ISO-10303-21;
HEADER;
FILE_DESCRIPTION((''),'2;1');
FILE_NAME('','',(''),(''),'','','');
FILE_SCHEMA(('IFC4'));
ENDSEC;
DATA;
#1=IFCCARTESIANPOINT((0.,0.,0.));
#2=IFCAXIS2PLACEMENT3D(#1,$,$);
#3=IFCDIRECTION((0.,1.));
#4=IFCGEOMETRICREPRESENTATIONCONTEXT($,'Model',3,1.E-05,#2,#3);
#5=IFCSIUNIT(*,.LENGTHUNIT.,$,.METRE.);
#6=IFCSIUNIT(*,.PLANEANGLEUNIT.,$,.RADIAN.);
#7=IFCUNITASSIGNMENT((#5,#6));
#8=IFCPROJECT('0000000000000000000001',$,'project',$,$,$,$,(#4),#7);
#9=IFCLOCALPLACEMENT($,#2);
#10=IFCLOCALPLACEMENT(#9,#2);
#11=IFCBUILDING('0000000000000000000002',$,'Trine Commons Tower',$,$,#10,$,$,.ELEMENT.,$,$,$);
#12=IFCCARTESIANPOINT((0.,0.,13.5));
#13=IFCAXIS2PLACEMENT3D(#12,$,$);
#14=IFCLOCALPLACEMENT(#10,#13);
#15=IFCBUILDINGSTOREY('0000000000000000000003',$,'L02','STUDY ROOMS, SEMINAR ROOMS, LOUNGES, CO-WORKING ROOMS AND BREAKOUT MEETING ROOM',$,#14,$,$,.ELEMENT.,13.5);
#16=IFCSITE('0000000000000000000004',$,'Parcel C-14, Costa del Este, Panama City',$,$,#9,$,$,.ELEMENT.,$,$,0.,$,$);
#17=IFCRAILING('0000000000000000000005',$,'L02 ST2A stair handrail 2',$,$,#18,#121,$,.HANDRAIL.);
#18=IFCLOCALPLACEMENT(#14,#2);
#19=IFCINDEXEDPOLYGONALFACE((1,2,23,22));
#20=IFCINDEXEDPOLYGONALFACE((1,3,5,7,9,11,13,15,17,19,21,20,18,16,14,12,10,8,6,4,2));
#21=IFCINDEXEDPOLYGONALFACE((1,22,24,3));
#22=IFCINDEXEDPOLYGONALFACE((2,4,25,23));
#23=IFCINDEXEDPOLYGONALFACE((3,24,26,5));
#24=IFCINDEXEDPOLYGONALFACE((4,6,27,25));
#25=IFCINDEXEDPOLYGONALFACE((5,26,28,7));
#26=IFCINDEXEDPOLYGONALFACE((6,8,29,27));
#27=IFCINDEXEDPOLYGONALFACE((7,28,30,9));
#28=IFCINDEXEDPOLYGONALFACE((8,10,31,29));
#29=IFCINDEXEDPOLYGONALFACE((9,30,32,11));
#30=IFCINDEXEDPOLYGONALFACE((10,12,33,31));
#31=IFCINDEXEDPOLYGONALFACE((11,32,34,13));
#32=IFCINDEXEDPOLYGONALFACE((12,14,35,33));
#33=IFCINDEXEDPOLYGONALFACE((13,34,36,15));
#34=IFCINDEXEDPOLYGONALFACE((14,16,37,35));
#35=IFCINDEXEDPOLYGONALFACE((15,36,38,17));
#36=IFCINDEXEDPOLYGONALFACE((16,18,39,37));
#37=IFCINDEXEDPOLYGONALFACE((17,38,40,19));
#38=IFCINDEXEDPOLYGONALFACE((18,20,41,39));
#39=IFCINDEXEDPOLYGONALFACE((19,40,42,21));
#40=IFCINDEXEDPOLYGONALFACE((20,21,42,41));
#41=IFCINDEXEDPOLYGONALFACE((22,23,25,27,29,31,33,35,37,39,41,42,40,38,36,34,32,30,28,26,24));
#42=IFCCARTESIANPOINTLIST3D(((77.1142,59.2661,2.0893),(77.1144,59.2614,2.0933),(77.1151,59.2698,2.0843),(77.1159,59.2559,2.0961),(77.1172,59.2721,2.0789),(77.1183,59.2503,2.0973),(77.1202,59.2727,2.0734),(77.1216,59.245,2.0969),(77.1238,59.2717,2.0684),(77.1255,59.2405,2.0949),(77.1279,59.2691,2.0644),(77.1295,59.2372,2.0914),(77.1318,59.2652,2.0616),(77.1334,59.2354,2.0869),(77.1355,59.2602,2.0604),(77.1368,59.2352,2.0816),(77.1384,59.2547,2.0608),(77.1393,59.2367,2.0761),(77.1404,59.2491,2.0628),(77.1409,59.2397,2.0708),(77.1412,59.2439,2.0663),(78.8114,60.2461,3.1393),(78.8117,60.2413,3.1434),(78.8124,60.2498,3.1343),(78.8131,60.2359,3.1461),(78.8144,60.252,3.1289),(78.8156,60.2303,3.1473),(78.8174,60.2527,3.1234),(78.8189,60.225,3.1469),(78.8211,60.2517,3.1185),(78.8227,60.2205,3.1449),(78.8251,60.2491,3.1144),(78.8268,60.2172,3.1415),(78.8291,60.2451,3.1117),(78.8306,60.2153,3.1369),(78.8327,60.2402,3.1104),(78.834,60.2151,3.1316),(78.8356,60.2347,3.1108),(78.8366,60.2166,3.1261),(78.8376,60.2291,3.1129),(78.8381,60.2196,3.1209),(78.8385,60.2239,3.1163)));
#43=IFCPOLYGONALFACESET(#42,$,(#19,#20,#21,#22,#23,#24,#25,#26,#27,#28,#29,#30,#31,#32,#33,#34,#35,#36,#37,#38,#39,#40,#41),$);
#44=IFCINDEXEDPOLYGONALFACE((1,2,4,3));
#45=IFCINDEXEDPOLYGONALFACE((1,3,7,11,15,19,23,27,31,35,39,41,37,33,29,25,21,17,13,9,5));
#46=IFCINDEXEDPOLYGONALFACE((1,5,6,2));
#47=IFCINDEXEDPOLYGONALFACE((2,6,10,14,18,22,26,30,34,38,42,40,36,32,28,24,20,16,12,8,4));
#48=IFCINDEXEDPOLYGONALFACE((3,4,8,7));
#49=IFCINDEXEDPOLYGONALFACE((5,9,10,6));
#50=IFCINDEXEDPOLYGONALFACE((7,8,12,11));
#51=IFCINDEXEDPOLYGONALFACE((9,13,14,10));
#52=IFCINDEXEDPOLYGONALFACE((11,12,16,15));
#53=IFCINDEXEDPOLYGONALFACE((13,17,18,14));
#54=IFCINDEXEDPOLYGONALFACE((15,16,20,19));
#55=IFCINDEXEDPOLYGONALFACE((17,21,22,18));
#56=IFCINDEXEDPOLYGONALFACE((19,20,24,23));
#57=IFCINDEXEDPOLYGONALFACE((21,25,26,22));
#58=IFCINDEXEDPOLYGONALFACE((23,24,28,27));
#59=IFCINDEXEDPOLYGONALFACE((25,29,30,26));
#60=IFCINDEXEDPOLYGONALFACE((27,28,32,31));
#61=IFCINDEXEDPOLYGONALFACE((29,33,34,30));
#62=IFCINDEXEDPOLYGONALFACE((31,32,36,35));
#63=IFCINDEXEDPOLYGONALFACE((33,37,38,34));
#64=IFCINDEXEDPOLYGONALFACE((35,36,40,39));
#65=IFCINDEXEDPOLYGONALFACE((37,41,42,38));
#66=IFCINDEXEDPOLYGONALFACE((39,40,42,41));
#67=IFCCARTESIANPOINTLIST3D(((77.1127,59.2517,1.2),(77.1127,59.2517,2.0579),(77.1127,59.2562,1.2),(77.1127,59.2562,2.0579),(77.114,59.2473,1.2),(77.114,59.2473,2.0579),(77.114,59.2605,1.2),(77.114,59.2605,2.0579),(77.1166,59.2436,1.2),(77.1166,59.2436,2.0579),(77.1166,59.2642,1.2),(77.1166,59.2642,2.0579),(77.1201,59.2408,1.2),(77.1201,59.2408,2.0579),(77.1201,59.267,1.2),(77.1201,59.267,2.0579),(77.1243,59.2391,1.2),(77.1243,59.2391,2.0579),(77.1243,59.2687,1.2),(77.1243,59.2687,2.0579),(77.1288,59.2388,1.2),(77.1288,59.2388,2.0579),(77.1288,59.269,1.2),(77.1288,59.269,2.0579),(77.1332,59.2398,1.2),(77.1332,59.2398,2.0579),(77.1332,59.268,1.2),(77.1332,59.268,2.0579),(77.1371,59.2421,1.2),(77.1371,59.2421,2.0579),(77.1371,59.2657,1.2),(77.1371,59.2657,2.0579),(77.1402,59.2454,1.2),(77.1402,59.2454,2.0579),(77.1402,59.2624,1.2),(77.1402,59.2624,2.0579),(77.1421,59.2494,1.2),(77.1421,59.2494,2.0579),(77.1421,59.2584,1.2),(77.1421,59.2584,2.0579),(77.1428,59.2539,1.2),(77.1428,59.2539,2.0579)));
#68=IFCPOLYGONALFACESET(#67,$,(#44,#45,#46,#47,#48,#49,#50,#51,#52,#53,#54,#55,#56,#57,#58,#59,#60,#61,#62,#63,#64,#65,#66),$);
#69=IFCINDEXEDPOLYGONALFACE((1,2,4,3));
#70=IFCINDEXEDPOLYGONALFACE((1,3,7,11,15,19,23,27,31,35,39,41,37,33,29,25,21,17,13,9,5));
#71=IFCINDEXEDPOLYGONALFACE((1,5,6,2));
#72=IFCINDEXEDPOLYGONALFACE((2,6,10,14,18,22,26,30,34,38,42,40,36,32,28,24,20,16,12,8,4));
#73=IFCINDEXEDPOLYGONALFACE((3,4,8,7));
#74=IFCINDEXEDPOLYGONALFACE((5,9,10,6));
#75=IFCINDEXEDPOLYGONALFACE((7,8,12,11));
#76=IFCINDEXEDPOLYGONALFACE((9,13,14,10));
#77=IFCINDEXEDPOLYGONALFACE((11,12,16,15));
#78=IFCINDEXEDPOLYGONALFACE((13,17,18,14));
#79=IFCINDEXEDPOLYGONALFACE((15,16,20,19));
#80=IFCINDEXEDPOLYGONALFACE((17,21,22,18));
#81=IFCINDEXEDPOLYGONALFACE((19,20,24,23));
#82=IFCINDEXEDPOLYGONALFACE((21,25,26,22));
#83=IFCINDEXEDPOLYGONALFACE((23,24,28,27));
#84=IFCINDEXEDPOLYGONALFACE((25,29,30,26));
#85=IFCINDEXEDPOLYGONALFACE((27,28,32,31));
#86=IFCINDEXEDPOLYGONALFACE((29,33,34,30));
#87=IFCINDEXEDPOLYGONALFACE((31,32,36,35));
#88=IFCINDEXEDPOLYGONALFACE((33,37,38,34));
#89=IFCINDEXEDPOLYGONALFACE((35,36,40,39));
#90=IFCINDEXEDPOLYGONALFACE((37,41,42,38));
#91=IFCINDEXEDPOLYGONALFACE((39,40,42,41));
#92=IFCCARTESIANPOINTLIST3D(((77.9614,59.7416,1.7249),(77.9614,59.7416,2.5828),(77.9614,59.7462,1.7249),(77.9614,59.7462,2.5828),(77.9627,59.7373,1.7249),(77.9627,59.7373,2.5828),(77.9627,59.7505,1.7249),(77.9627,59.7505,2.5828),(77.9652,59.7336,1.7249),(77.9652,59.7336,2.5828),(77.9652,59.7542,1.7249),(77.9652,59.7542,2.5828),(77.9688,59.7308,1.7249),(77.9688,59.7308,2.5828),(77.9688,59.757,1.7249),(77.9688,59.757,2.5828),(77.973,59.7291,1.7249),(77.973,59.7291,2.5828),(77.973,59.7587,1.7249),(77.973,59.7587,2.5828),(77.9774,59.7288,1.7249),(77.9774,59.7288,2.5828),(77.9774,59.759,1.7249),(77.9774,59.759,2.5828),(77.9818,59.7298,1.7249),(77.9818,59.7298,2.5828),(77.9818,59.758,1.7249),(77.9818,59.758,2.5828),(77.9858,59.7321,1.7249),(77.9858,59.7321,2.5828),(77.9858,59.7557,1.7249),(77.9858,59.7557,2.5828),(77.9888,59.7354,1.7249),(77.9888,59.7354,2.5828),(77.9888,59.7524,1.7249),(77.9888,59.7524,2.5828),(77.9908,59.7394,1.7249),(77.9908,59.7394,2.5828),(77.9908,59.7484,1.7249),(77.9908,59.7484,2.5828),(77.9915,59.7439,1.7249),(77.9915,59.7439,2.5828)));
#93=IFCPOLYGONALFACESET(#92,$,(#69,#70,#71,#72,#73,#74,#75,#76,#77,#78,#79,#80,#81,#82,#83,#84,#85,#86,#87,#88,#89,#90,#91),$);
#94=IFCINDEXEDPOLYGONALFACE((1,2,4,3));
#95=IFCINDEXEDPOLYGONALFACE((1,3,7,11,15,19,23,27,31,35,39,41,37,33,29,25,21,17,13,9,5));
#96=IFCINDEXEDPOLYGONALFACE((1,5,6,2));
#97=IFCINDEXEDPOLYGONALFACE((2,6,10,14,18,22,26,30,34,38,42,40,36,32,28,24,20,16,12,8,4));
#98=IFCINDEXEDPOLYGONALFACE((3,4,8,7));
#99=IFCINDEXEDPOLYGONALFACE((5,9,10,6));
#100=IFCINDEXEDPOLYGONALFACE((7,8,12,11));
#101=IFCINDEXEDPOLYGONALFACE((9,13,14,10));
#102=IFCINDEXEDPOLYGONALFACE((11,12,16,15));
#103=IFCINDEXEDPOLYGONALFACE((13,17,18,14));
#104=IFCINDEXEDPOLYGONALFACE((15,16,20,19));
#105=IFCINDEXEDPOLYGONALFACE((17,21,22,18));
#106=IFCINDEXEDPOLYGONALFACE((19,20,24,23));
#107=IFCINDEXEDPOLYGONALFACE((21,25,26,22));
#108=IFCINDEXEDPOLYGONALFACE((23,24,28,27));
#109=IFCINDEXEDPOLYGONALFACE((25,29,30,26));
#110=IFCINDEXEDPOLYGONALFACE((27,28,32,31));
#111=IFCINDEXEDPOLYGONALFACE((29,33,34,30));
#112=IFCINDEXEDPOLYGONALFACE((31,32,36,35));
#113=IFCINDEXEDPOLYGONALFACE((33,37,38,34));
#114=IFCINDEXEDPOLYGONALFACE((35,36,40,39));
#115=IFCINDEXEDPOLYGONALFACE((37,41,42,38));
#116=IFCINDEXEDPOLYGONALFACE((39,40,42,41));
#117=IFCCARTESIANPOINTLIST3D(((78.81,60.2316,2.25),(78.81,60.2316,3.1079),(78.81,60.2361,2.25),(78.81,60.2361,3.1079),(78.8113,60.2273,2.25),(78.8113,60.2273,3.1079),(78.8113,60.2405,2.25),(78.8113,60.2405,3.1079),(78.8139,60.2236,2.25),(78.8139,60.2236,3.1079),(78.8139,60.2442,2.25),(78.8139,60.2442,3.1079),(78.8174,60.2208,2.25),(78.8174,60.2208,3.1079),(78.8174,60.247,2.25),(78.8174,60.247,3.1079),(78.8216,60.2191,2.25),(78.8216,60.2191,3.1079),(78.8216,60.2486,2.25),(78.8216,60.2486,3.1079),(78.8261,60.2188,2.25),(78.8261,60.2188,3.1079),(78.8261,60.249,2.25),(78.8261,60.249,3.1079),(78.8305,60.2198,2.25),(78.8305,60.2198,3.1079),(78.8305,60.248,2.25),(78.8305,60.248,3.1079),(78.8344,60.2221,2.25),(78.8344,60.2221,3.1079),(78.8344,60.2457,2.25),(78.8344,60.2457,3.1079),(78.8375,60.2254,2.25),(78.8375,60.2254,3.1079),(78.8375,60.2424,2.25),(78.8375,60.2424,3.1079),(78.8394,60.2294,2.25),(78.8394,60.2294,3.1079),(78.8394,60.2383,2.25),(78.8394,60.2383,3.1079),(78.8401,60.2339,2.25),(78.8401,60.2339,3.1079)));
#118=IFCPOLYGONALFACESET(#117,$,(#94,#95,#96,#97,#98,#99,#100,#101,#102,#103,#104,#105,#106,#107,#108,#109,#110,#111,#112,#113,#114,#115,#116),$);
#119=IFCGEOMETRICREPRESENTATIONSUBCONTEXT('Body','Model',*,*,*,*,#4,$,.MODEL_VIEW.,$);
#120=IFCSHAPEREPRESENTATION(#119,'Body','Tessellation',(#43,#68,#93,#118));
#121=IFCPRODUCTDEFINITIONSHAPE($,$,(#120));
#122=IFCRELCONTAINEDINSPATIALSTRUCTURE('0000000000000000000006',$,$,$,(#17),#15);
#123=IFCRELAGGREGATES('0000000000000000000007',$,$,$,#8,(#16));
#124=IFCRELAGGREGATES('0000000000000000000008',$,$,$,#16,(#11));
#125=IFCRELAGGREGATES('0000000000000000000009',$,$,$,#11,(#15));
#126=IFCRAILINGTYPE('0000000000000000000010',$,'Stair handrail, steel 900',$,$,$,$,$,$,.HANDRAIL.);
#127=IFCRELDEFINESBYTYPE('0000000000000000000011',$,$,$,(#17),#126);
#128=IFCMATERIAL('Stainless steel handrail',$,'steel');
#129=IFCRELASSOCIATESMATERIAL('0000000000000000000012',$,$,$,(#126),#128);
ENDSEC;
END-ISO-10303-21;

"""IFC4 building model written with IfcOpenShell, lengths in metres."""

from ifc_helpers import new_model, si_unit, direction, frame, origin, origin_2d, place, context, subcontext, project, spatial, circle, extrude, material, type_object, element, save


model = new_model("IFC4")

# Units and contexts
model_context = context("Model", 3, precision=1e-05, world=origin(), true_north=direction((0.0, 1.0)))
body_context = subcontext(model_context, "Body", "Model", "MODEL_VIEW")
ifc_project = project(units=[si_unit("LENGTHUNIT", "METRE"), si_unit("PLANEANGLEUNIT", "RADIAN")], contexts=[model_context])

# Site, building, storey
site_placement = place(None, origin())
site = spatial("IfcSite", under=ifc_project, at=site_placement, Name="Parcel C-14, Costa del Este, Panama City", CompositionType="ELEMENT", RefElevation=0.0)
building_placement = place(site_placement, origin())
building = spatial("IfcBuilding", under=site, at=building_placement, Name="Trine Commons Tower", CompositionType="ELEMENT")
storey_placement = place(building_placement, frame((0.0, 0.0, 13.5)))
storey = spatial("IfcBuildingStorey", under=building, at=storey_placement, Name="L02", Description="STUDY ROOMS, SEMINAR ROOMS, LOUNGES, CO-WORKING ROOMS AND BREAKOUT MEETING ROOM", CompositionType="ELEMENT", Elevation=13.5)

# Railing
ifc_material_1 = material(Name="Stainless steel handrail", Category="steel")
railing_type_1 = type_object("IfcRailingType", Name="Stair handrail, steel 900", PredefinedType="HANDRAIL", material=ifc_material_1)
railing_1_placement = place(storey_placement, frame((77.1277, 59.2539, 1.2)))
element("IfcRailing", 1, at=railing_1_placement, inside=storey, type_object=railing_type_1, Name="L02 ST2A stair handrail 2", PredefinedType="HANDRAIL", context=body_context, shape_type="SweptSolid", body=[
    extrude(circle(Radius=0.021, at=origin_2d()), frame((0.0, 0.0, 0.8789), z_axis=(0.763352, 0.44075, 0.472264), x_axis=(-0.500024, 0.866011, 0.0)), (0.0, 0.0, 1.0), 2.2234),
    extrude(circle(Radius=0.0151, at=origin_2d()), origin(), (0.0, 0.0, 1.0), 0.8579),
    extrude(circle(Radius=0.0151, at=origin_2d()), frame((0.8486, 0.49, 0.5249)), (0.0, 0.0, 1.0), 0.8579),
    extrude(circle(Radius=0.0151, at=origin_2d()), frame((1.6973, 0.98, 1.05)), (0.0, 0.0, 1.0), 0.8579),
])

save(model, "model.ifc")
